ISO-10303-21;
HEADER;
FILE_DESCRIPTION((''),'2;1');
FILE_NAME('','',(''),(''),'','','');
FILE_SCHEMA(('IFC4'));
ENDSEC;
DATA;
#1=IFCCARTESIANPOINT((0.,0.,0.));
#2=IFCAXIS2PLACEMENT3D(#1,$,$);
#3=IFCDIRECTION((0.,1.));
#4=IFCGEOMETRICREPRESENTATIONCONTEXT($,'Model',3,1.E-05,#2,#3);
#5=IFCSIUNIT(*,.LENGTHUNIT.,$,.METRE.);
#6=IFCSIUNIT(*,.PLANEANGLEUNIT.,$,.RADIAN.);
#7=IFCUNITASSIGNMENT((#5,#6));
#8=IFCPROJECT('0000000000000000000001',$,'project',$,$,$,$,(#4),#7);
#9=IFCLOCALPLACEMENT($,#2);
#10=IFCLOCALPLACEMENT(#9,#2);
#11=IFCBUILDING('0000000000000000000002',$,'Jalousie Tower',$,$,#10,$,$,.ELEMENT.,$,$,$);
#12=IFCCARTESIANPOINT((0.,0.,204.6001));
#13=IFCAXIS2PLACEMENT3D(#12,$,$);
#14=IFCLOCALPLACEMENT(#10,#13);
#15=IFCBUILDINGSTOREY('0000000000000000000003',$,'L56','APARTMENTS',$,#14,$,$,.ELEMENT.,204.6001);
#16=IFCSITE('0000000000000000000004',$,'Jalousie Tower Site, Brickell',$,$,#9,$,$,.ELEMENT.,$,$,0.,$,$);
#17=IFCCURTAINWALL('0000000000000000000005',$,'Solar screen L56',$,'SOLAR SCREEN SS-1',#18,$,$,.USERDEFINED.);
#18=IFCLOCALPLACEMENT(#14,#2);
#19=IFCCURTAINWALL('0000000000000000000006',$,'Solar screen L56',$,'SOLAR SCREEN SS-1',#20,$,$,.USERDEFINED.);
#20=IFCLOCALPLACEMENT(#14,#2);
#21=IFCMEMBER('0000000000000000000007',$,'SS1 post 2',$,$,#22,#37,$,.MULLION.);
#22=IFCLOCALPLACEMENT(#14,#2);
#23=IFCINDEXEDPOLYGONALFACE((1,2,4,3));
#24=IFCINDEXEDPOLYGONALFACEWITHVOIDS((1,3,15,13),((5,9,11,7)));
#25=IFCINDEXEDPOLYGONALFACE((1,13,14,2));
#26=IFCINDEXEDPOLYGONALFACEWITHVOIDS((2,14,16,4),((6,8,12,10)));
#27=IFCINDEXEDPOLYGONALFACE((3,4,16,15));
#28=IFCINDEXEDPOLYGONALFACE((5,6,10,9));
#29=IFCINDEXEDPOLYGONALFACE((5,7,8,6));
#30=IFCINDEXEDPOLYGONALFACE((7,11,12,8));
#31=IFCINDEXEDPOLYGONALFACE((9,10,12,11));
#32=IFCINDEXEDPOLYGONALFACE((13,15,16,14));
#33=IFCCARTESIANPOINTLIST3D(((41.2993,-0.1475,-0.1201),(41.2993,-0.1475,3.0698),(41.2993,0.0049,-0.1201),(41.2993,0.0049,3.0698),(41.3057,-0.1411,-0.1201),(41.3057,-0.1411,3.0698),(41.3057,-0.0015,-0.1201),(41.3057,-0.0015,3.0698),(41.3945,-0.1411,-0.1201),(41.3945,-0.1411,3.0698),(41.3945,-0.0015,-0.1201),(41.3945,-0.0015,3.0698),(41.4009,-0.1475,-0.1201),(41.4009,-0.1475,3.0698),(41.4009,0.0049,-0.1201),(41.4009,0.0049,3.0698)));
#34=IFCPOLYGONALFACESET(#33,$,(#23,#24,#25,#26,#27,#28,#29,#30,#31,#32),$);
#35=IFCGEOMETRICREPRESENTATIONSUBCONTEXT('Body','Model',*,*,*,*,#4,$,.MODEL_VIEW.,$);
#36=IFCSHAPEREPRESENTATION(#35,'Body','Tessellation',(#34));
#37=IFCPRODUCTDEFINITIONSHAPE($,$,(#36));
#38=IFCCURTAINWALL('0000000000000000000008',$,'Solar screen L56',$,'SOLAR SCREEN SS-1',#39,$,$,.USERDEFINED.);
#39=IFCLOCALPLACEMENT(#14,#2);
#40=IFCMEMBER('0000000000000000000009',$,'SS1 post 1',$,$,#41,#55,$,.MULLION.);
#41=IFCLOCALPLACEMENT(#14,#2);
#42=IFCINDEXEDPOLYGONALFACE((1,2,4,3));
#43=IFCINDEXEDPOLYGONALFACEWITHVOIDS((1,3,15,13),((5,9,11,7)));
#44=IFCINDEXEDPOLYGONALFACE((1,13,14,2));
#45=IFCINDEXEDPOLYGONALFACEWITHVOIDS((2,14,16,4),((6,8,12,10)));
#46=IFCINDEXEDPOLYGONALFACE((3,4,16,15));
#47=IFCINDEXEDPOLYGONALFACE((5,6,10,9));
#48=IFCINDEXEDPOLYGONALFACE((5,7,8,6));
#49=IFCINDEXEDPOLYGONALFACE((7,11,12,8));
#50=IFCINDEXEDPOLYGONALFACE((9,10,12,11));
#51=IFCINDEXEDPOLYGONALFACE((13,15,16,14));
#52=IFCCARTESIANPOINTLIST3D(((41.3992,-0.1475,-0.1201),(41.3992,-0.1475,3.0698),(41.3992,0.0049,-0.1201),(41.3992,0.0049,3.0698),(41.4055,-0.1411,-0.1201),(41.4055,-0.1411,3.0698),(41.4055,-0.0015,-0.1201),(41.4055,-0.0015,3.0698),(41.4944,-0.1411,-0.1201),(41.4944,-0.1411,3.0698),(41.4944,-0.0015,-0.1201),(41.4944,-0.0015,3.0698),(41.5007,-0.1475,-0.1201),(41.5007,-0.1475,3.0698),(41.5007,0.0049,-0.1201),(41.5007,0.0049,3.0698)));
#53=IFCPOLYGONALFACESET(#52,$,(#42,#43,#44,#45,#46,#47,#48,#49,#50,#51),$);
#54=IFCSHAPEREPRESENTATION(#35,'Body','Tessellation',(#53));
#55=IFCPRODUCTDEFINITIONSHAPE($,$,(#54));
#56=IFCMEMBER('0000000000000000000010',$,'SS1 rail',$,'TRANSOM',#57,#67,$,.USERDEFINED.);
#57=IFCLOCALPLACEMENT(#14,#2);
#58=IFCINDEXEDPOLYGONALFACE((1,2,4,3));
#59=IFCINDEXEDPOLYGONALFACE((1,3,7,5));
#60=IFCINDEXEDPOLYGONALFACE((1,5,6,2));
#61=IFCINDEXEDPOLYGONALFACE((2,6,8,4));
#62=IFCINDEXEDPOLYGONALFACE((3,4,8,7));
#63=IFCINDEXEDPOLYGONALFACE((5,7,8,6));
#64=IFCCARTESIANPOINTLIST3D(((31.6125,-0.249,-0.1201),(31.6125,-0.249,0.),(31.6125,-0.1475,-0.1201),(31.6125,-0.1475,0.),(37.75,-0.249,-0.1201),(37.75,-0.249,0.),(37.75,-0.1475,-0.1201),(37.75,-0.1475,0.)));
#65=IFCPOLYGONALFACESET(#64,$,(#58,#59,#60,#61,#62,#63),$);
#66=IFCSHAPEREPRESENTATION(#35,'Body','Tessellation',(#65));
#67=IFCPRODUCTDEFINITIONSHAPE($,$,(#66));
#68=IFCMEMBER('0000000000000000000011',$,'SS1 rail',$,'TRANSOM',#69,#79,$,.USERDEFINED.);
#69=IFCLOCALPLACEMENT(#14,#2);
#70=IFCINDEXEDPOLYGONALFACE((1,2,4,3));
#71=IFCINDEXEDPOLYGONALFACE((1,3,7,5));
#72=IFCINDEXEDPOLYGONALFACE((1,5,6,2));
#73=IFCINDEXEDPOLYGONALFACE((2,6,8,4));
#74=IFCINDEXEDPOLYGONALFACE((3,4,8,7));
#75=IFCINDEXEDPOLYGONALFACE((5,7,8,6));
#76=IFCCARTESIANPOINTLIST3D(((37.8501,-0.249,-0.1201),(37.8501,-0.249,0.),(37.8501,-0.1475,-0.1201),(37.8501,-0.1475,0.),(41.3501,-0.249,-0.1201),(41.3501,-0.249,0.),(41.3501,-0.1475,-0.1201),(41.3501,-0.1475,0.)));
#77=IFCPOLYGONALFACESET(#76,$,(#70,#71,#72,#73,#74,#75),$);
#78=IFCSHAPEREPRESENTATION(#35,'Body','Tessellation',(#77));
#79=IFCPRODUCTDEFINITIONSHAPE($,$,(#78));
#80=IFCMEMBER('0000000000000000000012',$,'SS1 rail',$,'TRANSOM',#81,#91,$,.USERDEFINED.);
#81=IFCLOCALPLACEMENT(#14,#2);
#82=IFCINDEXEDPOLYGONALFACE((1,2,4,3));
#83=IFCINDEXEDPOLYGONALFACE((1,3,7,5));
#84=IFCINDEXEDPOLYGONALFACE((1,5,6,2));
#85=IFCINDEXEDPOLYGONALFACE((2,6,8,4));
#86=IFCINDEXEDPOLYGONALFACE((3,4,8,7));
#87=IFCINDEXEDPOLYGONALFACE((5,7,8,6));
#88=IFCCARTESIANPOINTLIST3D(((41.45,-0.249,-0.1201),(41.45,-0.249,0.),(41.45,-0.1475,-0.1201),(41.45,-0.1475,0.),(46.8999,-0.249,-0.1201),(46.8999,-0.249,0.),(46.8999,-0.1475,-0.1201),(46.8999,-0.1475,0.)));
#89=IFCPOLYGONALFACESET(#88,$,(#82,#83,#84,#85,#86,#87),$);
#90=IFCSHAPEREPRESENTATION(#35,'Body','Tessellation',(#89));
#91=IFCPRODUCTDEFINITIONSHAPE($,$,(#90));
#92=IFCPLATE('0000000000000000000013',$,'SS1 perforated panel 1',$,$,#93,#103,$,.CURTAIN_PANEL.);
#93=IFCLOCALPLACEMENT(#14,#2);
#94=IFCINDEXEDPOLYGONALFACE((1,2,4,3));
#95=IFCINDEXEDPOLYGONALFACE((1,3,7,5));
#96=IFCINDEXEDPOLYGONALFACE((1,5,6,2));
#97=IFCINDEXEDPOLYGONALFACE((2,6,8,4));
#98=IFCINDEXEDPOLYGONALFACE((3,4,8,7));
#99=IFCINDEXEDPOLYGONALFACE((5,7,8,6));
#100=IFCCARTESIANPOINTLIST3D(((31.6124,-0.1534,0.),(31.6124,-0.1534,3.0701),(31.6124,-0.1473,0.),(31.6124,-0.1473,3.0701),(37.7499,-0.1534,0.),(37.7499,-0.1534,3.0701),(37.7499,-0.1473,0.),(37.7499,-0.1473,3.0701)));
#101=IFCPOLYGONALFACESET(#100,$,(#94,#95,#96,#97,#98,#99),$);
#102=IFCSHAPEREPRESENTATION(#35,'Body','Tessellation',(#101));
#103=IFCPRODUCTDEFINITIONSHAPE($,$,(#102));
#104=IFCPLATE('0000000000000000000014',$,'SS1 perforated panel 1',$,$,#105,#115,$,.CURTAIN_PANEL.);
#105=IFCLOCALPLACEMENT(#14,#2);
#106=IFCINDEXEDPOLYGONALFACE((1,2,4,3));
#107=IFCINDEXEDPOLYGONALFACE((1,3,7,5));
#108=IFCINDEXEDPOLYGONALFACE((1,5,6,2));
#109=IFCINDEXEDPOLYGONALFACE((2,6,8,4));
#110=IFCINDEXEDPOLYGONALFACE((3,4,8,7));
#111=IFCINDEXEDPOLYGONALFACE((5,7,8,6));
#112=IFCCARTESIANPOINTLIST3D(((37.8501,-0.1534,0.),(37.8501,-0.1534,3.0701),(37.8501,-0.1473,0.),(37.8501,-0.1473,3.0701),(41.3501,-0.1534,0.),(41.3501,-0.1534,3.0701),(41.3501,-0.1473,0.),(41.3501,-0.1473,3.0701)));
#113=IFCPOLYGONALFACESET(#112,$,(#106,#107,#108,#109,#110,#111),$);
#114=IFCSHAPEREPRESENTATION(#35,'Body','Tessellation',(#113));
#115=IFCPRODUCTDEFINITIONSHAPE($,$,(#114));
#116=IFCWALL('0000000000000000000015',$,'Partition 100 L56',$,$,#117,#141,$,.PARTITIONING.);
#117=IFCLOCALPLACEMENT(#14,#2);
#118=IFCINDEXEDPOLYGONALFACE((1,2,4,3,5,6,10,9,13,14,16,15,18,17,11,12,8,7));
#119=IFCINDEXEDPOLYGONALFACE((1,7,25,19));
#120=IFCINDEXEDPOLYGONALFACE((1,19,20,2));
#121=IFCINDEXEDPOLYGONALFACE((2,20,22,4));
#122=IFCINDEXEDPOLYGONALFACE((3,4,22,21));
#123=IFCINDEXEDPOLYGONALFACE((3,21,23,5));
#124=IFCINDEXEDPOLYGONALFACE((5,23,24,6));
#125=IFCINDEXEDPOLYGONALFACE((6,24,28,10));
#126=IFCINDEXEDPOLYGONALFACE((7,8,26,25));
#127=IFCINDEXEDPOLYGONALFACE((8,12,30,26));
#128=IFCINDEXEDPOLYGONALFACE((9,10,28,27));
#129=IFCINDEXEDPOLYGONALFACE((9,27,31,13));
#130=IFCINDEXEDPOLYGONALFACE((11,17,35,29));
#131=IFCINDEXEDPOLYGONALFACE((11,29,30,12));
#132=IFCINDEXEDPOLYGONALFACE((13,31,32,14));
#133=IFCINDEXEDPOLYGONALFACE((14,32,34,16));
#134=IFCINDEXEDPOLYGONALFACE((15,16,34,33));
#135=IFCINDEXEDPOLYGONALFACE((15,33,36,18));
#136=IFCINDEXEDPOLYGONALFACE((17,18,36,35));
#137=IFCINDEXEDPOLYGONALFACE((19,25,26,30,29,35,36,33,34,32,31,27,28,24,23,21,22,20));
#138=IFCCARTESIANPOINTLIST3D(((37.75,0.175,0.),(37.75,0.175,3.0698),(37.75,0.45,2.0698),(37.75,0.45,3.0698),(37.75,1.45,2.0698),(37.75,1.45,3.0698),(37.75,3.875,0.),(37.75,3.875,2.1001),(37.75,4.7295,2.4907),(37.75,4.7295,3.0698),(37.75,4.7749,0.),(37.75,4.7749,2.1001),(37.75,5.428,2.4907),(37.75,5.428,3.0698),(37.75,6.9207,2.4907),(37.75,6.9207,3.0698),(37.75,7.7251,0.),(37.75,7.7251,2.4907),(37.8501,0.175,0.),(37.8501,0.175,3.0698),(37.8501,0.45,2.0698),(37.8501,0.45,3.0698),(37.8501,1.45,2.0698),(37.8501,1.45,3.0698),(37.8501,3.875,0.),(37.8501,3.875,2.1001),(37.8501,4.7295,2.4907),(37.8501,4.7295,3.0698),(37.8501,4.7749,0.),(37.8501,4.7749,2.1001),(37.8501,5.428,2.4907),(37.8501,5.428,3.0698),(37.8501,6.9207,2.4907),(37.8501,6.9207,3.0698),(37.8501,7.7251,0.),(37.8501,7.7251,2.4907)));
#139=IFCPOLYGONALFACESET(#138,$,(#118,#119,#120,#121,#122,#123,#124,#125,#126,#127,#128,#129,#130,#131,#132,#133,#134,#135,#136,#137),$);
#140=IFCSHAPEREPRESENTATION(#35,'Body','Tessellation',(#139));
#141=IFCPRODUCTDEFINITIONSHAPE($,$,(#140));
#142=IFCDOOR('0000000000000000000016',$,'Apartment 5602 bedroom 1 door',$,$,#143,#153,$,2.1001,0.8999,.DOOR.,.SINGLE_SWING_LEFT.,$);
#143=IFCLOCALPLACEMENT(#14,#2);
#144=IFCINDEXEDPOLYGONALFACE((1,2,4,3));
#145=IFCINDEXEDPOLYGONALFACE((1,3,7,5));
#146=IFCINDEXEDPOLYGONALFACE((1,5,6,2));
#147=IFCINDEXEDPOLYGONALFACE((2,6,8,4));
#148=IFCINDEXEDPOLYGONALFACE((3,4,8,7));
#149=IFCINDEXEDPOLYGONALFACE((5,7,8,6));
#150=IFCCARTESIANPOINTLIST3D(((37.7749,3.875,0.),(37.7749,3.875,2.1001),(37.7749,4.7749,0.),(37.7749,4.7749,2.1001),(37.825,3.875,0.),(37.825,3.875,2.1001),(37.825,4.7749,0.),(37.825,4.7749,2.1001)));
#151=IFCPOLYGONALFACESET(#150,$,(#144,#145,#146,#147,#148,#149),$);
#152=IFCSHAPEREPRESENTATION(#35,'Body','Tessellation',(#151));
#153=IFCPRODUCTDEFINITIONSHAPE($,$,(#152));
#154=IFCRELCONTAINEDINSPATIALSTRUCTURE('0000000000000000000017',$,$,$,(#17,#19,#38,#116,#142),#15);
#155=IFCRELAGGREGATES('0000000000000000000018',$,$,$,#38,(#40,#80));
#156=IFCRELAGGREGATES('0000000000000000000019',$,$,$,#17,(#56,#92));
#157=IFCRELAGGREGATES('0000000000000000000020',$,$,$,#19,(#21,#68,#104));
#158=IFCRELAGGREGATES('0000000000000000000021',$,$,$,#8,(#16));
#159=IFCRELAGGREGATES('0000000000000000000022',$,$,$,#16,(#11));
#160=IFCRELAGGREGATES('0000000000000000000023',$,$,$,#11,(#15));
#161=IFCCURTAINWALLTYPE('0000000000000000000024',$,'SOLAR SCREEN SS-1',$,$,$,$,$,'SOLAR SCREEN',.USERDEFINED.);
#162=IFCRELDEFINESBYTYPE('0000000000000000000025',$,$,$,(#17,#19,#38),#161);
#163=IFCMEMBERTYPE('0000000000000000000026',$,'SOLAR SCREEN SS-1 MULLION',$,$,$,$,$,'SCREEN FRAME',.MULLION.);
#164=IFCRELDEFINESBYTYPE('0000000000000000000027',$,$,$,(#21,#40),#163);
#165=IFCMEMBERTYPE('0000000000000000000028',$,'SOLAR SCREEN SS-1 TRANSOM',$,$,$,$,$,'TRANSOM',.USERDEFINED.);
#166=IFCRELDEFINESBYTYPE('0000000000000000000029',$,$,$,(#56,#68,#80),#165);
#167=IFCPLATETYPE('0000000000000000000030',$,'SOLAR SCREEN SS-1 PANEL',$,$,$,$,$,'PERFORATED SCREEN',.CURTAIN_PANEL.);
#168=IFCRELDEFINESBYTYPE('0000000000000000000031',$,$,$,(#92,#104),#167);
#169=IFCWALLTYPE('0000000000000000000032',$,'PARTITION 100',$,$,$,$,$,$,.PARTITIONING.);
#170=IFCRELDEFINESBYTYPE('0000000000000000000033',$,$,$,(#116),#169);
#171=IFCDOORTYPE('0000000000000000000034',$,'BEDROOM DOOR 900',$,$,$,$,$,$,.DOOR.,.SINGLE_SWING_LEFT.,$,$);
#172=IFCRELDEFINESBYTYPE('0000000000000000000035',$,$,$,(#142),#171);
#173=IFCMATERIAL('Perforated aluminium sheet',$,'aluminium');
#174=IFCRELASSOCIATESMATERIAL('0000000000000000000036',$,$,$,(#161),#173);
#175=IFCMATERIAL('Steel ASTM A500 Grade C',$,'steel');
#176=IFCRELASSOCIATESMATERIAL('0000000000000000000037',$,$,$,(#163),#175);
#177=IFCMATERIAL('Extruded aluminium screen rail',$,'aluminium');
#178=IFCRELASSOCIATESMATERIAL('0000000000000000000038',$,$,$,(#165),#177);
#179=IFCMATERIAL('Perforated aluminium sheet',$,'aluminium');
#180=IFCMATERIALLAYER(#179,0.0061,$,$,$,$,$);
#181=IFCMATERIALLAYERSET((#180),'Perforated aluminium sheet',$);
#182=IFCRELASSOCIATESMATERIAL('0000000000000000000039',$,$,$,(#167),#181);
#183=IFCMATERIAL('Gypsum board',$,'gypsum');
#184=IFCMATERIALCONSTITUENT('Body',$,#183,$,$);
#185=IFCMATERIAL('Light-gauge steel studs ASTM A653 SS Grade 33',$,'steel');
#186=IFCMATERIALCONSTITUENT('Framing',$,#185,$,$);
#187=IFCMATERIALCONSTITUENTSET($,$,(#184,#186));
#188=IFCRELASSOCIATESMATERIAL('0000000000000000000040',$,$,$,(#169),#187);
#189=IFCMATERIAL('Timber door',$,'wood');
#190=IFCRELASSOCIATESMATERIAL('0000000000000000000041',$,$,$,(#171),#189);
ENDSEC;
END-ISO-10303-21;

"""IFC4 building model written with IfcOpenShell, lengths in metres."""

from ifc_helpers import new_model, si_unit, direction, frame, frame_2d, origin, origin_2d, place, context, subcontext, project, spatial, polyline, rectangle, hollow_rectangle, outline, extrude, material, layer, layer_set, constituent, constituent_set, material_profile, profile_set, type_object, element, fill, aggregate, save


model = new_model("IFC4")

# Units and contexts
model_context = context("Model", 3, precision=1e-05, world=origin(), true_north=direction((0.0, 1.0)))
body_context = subcontext(model_context, "Body", "Model", "MODEL_VIEW")
ifc_project = project(units=[si_unit("LENGTHUNIT", "METRE"), si_unit("PLANEANGLEUNIT", "RADIAN")], contexts=[model_context])

# Site, building, storey
site_placement = place(None, origin())
site = spatial("IfcSite", under=ifc_project, at=site_placement, Name="Jalousie Tower Site, Brickell", CompositionType="ELEMENT", RefElevation=0.0)
building_placement = place(site_placement, origin())
building = spatial("IfcBuilding", under=site, at=building_placement, Name="Jalousie Tower", CompositionType="ELEMENT")
storey_placement = place(building_placement, frame((0.0, 0.0, 204.6001)))
storey = spatial("IfcBuildingStorey", under=building, at=storey_placement, Name="L56", Description="APARTMENTS", CompositionType="ELEMENT", Elevation=204.6001)

# Curtain walls, member
ifc_material_1 = material(Name="Perforated aluminium sheet", Category="aluminium")
curtain_wall_type = type_object("IfcCurtainWallType", Name="SOLAR SCREEN SS-1", ElementType="SOLAR SCREEN", PredefinedType="USERDEFINED", material=ifc_material_1)
curtain_wall_1_placement = place(storey_placement, origin())
curtain_wall_1 = element("IfcCurtainWall", 1, at=curtain_wall_1_placement, inside=storey, type_object=curtain_wall_type, Name="Solar screen L56", ObjectType="SOLAR SCREEN SS-1", PredefinedType="USERDEFINED")
ifc_material_2 = material(Name="Steel ASTM A500 Grade C", Category="steel")
ifc_material_profile_1 = material_profile(ifc_material_2, hollow_rectangle(XDim=0.1016, YDim=0.1523, WallThickness=0.0063, at=origin_2d()), Name="HSS6X4X1/4")
ifc_profile_set_1 = profile_set([ifc_material_profile_1], Name="Steel ASTM A500 Grade C")
member_type_1 = type_object("IfcMemberType", Name="SOLAR SCREEN SS-1 MULLION", ElementType="SCREEN FRAME", PredefinedType="MULLION", material=ifc_profile_set_1)
curtain_wall_2_placement = place(storey_placement, origin())
curtain_wall_2 = element("IfcCurtainWall", 2, at=curtain_wall_2_placement, inside=storey, type_object=curtain_wall_type, Name="Solar screen L56", ObjectType="SOLAR SCREEN SS-1", PredefinedType="USERDEFINED")
member_1_placement = place(storey_placement, frame((41.3501, -0.0713, -0.1201), z_axis=(0.0, 0.0, 1.0), x_axis=(1.0, 0.0, 0.0)))
member_1 = element("IfcMember", 3, at=member_1_placement, type_object=member_type_1, Name="SS1 post 2", PredefinedType="MULLION", context=body_context, shape_type="SweptSolid", body=[
    extrude(hollow_rectangle(XDim=0.1016, YDim=0.1523, WallThickness=0.0063, at=origin_2d()), origin(), (0.0, 0.0, 1.0), 3.1899),
])

# Curtain wall, member
curtain_wall_3_placement = place(storey_placement, origin())
curtain_wall_3 = element("IfcCurtainWall", 4, at=curtain_wall_3_placement, inside=storey, type_object=curtain_wall_type, Name="Solar screen L56", ObjectType="SOLAR SCREEN SS-1", PredefinedType="USERDEFINED")
member_2_placement = place(storey_placement, frame((41.45, -0.0713, -0.1201), z_axis=(0.0, 0.0, 1.0), x_axis=(1.0, 0.0, 0.0)))
member_2 = element("IfcMember", 5, at=member_2_placement, type_object=member_type_1, Name="SS1 post 1", PredefinedType="MULLION", context=body_context, shape_type="SweptSolid", body=[
    extrude(hollow_rectangle(XDim=0.1016, YDim=0.1523, WallThickness=0.0063, at=origin_2d()), origin(), (0.0, 0.0, 1.0), 3.1899),
])

# Members
ifc_material_3 = material(Name="Extruded aluminium screen rail", Category="aluminium")
ifc_material_profile_2 = material_profile(ifc_material_3, rectangle(XDim=0.1016, YDim=0.1201, at=origin_2d()), Name="RAIL 102x120")
ifc_profile_set_2 = profile_set([ifc_material_profile_2], Name="Extruded aluminium screen rail")
member_type_2 = type_object("IfcMemberType", Name="SOLAR SCREEN SS-1 TRANSOM", ElementType="TRANSOM", PredefinedType="USERDEFINED", material=ifc_profile_set_2)
member_3_placement = place(storey_placement, frame((31.6125, -0.1982, -0.0601), z_axis=(1.0, 0.0, 0.0), x_axis=(0.0, 1.0, 0.0)))
member_3 = element("IfcMember", 6, at=member_3_placement, type_object=member_type_2, Name="SS1 rail", ObjectType="TRANSOM", PredefinedType="USERDEFINED", context=body_context, shape_type="SweptSolid", body=[
    extrude(rectangle(XDim=0.1016, YDim=0.1201, at=origin_2d()), origin(), (0.0, 0.0, 1.0), 6.1375),
])
member_4_placement = place(storey_placement, frame((37.8501, -0.1982, -0.0601), z_axis=(1.0, 0.0, 0.0), x_axis=(0.0, 1.0, 0.0)))
member_4 = element("IfcMember", 7, at=member_4_placement, type_object=member_type_2, Name="SS1 rail", ObjectType="TRANSOM", PredefinedType="USERDEFINED", context=body_context, shape_type="SweptSolid", body=[
    extrude(rectangle(XDim=0.1016, YDim=0.1201, at=origin_2d()), origin(), (0.0, 0.0, 1.0), 3.5),
])
member_5_placement = place(storey_placement, frame((41.45, -0.1982, -0.0601), z_axis=(1.0, 0.0, 0.0), x_axis=(0.0, 1.0, 0.0)))
member_5 = element("IfcMember", 8, at=member_5_placement, type_object=member_type_2, Name="SS1 rail", ObjectType="TRANSOM", PredefinedType="USERDEFINED", context=body_context, shape_type="SweptSolid", body=[
    extrude(rectangle(XDim=0.1016, YDim=0.1201, at=origin_2d()), origin(), (0.0, 0.0, 1.0), 5.45),
])
aggregate(curtain_wall_3, [member_2, member_5])

# Plates
ifc_material_4 = material(Name="Perforated aluminium sheet", Category="aluminium")
ifc_layer_1 = layer(ifc_material_4, 0.0061)
ifc_layer_set_1 = layer_set([ifc_layer_1], Name="Perforated aluminium sheet")
plate_type = type_object("IfcPlateType", Name="SOLAR SCREEN SS-1 PANEL", ElementType="PERFORATED SCREEN", PredefinedType="CURTAIN_PANEL", material=ifc_layer_set_1)
plate_1_placement = place(storey_placement, frame((34.6812, -0.1504, 0.0), z_axis=(0.0, 0.0, 1.0), x_axis=(1.0, 0.0, 0.0)))
plate_1 = element("IfcPlate", 9, at=plate_1_placement, type_object=plate_type, Name="SS1 perforated panel 1", PredefinedType="CURTAIN_PANEL", context=body_context, shape_type="SweptSolid", body=[
    extrude(rectangle(XDim=6.1375, YDim=0.0061, at=origin_2d()), origin(), (0.0, 0.0, 1.0), 3.0701),
])
aggregate(curtain_wall_1, [member_3, plate_1])
plate_2_placement = place(storey_placement, frame((39.6001, -0.1504, 0.0), z_axis=(0.0, 0.0, 1.0), x_axis=(1.0, 0.0, 0.0)))
plate_2 = element("IfcPlate", 10, at=plate_2_placement, type_object=plate_type, Name="SS1 perforated panel 1", PredefinedType="CURTAIN_PANEL", context=body_context, shape_type="SweptSolid", body=[
    extrude(rectangle(XDim=3.5, YDim=0.0061, at=origin_2d()), origin(), (0.0, 0.0, 1.0), 3.0701),
])
aggregate(curtain_wall_2, [member_1, member_4, plate_2])

# Wall, opening, door
ifc_material_5 = material(Name="Gypsum board", Category="gypsum")
ifc_constituent_1 = constituent(ifc_material_5, Name="Body")
ifc_material_6 = material(Name="Light-gauge steel studs ASTM A653 SS Grade 33", Category="steel")
ifc_constituent_2 = constituent(ifc_material_6, Name="Framing")
ifc_constituent_set_1 = constituent_set(constituents=[ifc_constituent_1, ifc_constituent_2])
wall_type_1 = type_object("IfcWallType", Name="PARTITION 100", PredefinedType="PARTITIONING", material=ifc_constituent_set_1)
wall_1_placement = place(storey_placement, frame((37.8, 0.175, 0.0), z_axis=(0.0, 0.0, 1.0), x_axis=(0.0, 1.0, 0.0)))
wall_1 = element("IfcWall", 11, at=wall_1_placement, inside=storey, type_object=wall_type_1, Name="Partition 100 L56", PredefinedType="PARTITIONING", context=body_context, shape_type="SweptSolid", body=[
    extrude(outline(polyline([(0.0, 0.0), (7.55, 0.0), (7.55, 2.4907), (6.7456, 2.4907), (6.7456, 3.0698), (5.2529, 3.0698), (5.2529, 2.4907), (4.5544, 2.4907), (4.5544, 3.0698), (1.2749, 3.0698), (1.2749, 2.0698), (0.2749, 2.0698), (0.2749, 3.0698), (0.0, 3.0698), (0.0, 0.0)])), frame((0.0, 0.05, 0.0), z_axis=(0.0, -1.0, 0.0), x_axis=(1.0, 0.0, 0.0)), (0.0, 0.0, 1.0), 0.1001),
])
opening_1_placement = place(wall_1_placement, frame((3.7, 0.0, 0.0)))
opening_1 = element("IfcOpeningElement", 12, at=opening_1_placement, cuts=wall_1, PredefinedType="OPENING", context=body_context, shape_type="SweptSolid", body=[
    extrude(rectangle(XDim=0.8999, YDim=2.1001, at=frame_2d((0.45, 1.05))), frame((0.0, 0.0601, 0.0), z_axis=(0.0, -1.0, 0.0), x_axis=(1.0, 0.0, 0.0)), (0.0, 0.0, 1.0), 0.1201),
])
ifc_material_7 = material(Name="Timber door", Category="wood")
door_type_1 = type_object("IfcDoorType", Name="BEDROOM DOOR 900", OperationType="SINGLE_SWING_LEFT", PredefinedType="DOOR", material=ifc_material_7)
door_1_placement = place(opening_1_placement, frame((0.8999, 0.0, 0.0), z_axis=(0.0, 0.0, 1.0), x_axis=(-1.0, 0.0, 0.0)))
door_1 = element("IfcDoor", 13, at=door_1_placement, inside=storey, type_object=door_type_1, Name="Apartment 5602 bedroom 1 door", OperationType="SINGLE_SWING_LEFT", OverallHeight=2.1001, OverallWidth=0.8999, PredefinedType="DOOR", context=body_context, shape_type="SweptSolid", body=[
    extrude(rectangle(XDim=0.8999, YDim=2.1001, at=frame_2d((0.45, 1.05))), frame((0.0, 0.0249, 0.0), z_axis=(0.0, -1.0, 0.0), x_axis=(1.0, 0.0, 0.0)), (0.0, 0.0, 1.0), 0.05),
])
fill(opening_1, door_1)

save(model, "model.ifc")
